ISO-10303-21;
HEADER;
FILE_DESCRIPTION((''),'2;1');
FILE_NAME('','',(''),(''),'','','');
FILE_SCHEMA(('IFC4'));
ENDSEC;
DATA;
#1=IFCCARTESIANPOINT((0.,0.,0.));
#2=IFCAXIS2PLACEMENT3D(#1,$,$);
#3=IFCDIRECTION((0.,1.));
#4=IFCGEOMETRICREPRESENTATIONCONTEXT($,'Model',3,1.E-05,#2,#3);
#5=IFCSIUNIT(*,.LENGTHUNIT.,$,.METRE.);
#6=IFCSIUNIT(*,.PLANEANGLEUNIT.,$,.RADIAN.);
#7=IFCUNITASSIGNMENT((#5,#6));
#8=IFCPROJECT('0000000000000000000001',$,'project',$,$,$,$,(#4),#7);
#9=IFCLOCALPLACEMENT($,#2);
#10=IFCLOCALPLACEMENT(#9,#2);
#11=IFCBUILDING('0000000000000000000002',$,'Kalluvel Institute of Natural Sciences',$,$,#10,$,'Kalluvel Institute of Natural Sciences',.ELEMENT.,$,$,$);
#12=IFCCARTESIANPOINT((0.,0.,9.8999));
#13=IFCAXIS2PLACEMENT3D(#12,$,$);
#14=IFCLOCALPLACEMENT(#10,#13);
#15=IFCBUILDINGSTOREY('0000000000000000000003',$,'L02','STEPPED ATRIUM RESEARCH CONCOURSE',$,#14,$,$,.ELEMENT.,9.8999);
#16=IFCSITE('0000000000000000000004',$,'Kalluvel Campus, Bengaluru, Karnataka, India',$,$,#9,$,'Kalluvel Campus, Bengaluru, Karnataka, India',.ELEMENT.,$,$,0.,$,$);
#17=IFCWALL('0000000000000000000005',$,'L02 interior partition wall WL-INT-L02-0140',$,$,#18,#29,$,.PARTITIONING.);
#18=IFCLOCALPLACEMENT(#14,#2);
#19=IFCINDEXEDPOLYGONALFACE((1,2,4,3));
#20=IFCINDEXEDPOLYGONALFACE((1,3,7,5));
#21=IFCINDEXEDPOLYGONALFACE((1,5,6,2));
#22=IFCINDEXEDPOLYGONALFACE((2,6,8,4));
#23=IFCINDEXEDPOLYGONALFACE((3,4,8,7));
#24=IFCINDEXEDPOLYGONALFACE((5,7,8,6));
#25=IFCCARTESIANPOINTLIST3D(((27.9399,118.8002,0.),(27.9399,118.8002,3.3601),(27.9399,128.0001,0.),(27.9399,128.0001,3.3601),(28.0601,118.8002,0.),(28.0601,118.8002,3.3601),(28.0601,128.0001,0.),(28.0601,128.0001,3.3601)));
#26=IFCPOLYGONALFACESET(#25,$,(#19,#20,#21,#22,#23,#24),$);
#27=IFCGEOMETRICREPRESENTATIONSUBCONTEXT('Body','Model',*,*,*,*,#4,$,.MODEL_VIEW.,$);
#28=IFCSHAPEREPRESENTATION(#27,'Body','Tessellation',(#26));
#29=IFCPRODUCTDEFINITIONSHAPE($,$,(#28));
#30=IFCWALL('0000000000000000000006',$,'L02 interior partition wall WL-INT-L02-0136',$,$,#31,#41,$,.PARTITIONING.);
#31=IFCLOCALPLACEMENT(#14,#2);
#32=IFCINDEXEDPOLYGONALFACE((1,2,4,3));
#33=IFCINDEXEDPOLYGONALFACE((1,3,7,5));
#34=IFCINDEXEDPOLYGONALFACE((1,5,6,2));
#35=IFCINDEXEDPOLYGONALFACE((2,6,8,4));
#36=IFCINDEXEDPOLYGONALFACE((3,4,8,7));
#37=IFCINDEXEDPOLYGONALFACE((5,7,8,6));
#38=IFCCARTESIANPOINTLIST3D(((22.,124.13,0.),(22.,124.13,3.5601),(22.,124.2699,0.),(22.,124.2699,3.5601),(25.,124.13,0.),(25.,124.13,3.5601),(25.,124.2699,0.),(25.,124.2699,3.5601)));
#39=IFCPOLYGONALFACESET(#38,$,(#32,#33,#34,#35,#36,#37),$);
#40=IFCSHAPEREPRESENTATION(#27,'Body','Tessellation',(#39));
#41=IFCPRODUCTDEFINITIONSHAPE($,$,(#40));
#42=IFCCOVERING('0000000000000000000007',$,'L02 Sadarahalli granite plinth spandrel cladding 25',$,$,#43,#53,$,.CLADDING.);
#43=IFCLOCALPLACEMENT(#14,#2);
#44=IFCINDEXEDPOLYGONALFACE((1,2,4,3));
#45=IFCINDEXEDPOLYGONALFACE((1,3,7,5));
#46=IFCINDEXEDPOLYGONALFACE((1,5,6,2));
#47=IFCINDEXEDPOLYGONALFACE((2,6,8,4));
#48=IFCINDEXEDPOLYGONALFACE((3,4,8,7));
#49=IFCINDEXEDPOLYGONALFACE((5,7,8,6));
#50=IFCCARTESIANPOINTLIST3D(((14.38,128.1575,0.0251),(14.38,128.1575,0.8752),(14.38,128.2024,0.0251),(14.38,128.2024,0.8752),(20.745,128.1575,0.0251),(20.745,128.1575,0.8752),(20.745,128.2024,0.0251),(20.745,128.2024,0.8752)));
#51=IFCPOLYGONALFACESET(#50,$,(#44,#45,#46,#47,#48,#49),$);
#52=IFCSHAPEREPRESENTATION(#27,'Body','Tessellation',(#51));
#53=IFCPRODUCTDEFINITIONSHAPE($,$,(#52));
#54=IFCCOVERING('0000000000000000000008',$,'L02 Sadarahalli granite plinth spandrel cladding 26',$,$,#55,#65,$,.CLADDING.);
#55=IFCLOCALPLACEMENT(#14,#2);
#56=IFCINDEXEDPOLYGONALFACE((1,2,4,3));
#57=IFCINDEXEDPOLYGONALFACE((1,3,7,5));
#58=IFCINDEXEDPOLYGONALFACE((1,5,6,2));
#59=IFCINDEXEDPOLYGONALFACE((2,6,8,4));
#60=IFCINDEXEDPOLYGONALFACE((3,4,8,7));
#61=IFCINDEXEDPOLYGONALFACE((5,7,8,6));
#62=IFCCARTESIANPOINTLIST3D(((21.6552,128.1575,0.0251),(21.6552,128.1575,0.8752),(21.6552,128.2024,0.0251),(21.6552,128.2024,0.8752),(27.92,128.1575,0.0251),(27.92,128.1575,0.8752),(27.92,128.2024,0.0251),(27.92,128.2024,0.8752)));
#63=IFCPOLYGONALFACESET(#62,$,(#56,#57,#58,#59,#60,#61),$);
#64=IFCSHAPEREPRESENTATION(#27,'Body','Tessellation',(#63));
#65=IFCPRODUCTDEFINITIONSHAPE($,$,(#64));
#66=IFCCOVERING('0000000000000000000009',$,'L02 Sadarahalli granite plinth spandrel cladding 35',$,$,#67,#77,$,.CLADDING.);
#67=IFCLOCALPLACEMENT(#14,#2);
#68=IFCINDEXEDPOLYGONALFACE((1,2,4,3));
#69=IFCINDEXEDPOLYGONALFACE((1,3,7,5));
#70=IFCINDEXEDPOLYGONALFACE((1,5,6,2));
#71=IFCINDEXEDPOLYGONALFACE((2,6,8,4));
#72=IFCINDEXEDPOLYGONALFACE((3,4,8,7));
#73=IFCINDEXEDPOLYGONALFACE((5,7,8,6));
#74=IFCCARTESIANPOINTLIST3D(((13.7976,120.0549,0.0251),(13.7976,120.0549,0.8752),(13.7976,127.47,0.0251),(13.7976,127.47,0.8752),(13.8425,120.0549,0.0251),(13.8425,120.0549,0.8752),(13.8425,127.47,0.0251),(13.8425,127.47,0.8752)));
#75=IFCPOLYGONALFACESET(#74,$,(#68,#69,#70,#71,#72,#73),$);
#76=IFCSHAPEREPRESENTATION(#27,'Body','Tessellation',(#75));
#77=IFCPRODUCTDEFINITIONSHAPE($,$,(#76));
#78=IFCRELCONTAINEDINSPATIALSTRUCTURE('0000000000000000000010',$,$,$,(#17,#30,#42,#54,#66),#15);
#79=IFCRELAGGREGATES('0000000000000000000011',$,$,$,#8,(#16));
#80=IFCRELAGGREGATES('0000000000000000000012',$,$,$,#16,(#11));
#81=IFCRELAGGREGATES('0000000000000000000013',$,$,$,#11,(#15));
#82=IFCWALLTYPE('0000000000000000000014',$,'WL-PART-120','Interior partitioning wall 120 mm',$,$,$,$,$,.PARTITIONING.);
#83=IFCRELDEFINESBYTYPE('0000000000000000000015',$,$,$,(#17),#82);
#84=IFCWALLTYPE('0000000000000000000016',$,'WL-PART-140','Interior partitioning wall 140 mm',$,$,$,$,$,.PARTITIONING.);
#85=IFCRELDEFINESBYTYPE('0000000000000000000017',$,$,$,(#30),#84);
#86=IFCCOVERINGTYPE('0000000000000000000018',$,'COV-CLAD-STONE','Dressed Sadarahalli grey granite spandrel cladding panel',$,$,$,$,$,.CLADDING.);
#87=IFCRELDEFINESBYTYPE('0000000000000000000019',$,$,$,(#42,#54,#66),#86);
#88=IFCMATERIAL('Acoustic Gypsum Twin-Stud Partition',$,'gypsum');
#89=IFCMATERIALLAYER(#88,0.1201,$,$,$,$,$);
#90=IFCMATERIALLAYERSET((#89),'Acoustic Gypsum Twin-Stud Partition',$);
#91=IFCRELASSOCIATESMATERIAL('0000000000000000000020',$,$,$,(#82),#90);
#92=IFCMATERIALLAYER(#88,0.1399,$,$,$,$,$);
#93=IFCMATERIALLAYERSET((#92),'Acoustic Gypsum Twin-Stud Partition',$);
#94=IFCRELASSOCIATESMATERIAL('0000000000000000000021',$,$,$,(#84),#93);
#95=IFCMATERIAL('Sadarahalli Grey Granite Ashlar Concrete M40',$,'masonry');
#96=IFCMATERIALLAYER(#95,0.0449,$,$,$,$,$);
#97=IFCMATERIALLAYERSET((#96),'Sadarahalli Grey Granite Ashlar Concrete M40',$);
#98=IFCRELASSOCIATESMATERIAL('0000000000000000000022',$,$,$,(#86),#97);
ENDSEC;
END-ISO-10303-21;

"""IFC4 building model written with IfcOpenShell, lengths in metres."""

from ifc_helpers import new_model, si_unit, direction, frame, frame_2d, origin, origin_2d, place, context, subcontext, project, spatial, rectangle, extrude, material, layer, layer_set, type_object, element, save


model = new_model("IFC4")

# Units and contexts
model_context = context("Model", 3, precision=1e-05, world=origin(), true_north=direction((0.0, 1.0)))
body_context = subcontext(model_context, "Body", "Model", "MODEL_VIEW")
ifc_project = project(units=[si_unit("LENGTHUNIT", "METRE"), si_unit("PLANEANGLEUNIT", "RADIAN")], contexts=[model_context])

# Site, building, storey
site_placement = place(None, origin())
site = spatial("IfcSite", under=ifc_project, at=site_placement, Name="Kalluvel Campus, Bengaluru, Karnataka, India", LongName="Kalluvel Campus, Bengaluru, Karnataka, India", CompositionType="ELEMENT", RefElevation=0.0)
building_placement = place(site_placement, origin())
building = spatial("IfcBuilding", under=site, at=building_placement, Name="Kalluvel Institute of Natural Sciences", LongName="Kalluvel Institute of Natural Sciences", CompositionType="ELEMENT")
storey_placement = place(building_placement, frame((0.0, 0.0, 9.8999)))
storey = spatial("IfcBuildingStorey", under=building, at=storey_placement, Name="L02", Description="STEPPED ATRIUM RESEARCH CONCOURSE", CompositionType="ELEMENT", Elevation=9.8999)

# Shared definitions
ifc_material_1 = material(Name="Sadarahalli Grey Granite Ashlar Concrete M40", Category="masonry")

# Walls
ifc_material_2 = material(Name="Acoustic Gypsum Twin-Stud Partition", Category="gypsum")
ifc_layer_1 = layer(ifc_material_2, 0.1201)
ifc_layer_set_1 = layer_set([ifc_layer_1], Name="Acoustic Gypsum Twin-Stud Partition")
wall_type_1 = type_object("IfcWallType", Name="WL-PART-120", Description="Interior partitioning wall 120 mm", PredefinedType="PARTITIONING", material=ifc_layer_set_1)
wall_1_placement = place(storey_placement, frame((28.0, 118.8, 0.0), z_axis=(0.0, 0.0, 1.0), x_axis=(0.0, 1.0, 0.0)))
element("IfcWall", 1, at=wall_1_placement, inside=storey, type_object=wall_type_1, Name="L02 interior partition wall WL-INT-L02-0140", PredefinedType="PARTITIONING", context=body_context, shape_type="SweptSolid", body=[
    extrude(rectangle(XDim=9.2, YDim=0.1201, at=frame_2d((4.6001, 0.0))), origin(), (0.0, 0.0, 1.0), 3.3601),
])
ifc_layer_2 = layer(ifc_material_2, 0.1399)
ifc_layer_set_2 = layer_set([ifc_layer_2], Name="Acoustic Gypsum Twin-Stud Partition")
wall_type_2 = type_object("IfcWallType", Name="WL-PART-140", Description="Interior partitioning wall 140 mm", PredefinedType="PARTITIONING", material=ifc_layer_set_2)
wall_2_placement = place(storey_placement, frame((22.0, 124.2, 0.0), z_axis=(0.0, 0.0, 1.0), x_axis=(1.0, 0.0, 0.0)))
element("IfcWall", 2, at=wall_2_placement, inside=storey, type_object=wall_type_2, Name="L02 interior partition wall WL-INT-L02-0136", PredefinedType="PARTITIONING", context=body_context, shape_type="SweptSolid", body=[
    extrude(rectangle(XDim=3.0, YDim=0.1399, at=frame_2d((1.5, 0.0))), origin(), (0.0, 0.0, 1.0), 3.5601),
])

# Coverings
ifc_layer_3 = layer(ifc_material_1, 0.0449)
ifc_layer_set_3 = layer_set([ifc_layer_3], Name="Sadarahalli Grey Granite Ashlar Concrete M40")
covering_type = type_object("IfcCoveringType", Name="COV-CLAD-STONE", Description="Dressed Sadarahalli grey granite spandrel cladding panel", PredefinedType="CLADDING", material=ifc_layer_set_3)
covering_1_placement = place(storey_placement, frame((17.5625, 128.1799, 0.0251), z_axis=(0.0, 0.0, 1.0), x_axis=(1.0, 0.0, 0.0)))
element("IfcCovering", 3, at=covering_1_placement, inside=storey, type_object=covering_type, Name="L02 Sadarahalli granite plinth spandrel cladding 25", PredefinedType="CLADDING", context=body_context, shape_type="SweptSolid", body=[
    extrude(rectangle(XDim=6.365, YDim=0.0449, at=origin_2d()), origin(), (0.0, 0.0, 1.0), 0.8501),
])
covering_2_placement = place(storey_placement, frame((24.7876, 128.1799, 0.0251), z_axis=(0.0, 0.0, 1.0), x_axis=(1.0, 0.0, 0.0)))
element("IfcCovering", 4, at=covering_2_placement, inside=storey, type_object=covering_type, Name="L02 Sadarahalli granite plinth spandrel cladding 26", PredefinedType="CLADDING", context=body_context, shape_type="SweptSolid", body=[
    extrude(rectangle(XDim=6.2649, YDim=0.0449, at=origin_2d()), origin(), (0.0, 0.0, 1.0), 0.8501),
])
covering_3_placement = place(storey_placement, frame((13.8201, 123.7625, 0.0251), z_axis=(0.0, 0.0, 1.0), x_axis=(0.0, 1.0, 0.0)))
element("IfcCovering", 5, at=covering_3_placement, inside=storey, type_object=covering_type, Name="L02 Sadarahalli granite plinth spandrel cladding 35", PredefinedType="CLADDING", context=body_context, shape_type="SweptSolid", body=[
    extrude(rectangle(XDim=7.415, YDim=0.0449, at=origin_2d()), origin(), (0.0, 0.0, 1.0), 0.8501),
])

save(model, "model.ifc")
